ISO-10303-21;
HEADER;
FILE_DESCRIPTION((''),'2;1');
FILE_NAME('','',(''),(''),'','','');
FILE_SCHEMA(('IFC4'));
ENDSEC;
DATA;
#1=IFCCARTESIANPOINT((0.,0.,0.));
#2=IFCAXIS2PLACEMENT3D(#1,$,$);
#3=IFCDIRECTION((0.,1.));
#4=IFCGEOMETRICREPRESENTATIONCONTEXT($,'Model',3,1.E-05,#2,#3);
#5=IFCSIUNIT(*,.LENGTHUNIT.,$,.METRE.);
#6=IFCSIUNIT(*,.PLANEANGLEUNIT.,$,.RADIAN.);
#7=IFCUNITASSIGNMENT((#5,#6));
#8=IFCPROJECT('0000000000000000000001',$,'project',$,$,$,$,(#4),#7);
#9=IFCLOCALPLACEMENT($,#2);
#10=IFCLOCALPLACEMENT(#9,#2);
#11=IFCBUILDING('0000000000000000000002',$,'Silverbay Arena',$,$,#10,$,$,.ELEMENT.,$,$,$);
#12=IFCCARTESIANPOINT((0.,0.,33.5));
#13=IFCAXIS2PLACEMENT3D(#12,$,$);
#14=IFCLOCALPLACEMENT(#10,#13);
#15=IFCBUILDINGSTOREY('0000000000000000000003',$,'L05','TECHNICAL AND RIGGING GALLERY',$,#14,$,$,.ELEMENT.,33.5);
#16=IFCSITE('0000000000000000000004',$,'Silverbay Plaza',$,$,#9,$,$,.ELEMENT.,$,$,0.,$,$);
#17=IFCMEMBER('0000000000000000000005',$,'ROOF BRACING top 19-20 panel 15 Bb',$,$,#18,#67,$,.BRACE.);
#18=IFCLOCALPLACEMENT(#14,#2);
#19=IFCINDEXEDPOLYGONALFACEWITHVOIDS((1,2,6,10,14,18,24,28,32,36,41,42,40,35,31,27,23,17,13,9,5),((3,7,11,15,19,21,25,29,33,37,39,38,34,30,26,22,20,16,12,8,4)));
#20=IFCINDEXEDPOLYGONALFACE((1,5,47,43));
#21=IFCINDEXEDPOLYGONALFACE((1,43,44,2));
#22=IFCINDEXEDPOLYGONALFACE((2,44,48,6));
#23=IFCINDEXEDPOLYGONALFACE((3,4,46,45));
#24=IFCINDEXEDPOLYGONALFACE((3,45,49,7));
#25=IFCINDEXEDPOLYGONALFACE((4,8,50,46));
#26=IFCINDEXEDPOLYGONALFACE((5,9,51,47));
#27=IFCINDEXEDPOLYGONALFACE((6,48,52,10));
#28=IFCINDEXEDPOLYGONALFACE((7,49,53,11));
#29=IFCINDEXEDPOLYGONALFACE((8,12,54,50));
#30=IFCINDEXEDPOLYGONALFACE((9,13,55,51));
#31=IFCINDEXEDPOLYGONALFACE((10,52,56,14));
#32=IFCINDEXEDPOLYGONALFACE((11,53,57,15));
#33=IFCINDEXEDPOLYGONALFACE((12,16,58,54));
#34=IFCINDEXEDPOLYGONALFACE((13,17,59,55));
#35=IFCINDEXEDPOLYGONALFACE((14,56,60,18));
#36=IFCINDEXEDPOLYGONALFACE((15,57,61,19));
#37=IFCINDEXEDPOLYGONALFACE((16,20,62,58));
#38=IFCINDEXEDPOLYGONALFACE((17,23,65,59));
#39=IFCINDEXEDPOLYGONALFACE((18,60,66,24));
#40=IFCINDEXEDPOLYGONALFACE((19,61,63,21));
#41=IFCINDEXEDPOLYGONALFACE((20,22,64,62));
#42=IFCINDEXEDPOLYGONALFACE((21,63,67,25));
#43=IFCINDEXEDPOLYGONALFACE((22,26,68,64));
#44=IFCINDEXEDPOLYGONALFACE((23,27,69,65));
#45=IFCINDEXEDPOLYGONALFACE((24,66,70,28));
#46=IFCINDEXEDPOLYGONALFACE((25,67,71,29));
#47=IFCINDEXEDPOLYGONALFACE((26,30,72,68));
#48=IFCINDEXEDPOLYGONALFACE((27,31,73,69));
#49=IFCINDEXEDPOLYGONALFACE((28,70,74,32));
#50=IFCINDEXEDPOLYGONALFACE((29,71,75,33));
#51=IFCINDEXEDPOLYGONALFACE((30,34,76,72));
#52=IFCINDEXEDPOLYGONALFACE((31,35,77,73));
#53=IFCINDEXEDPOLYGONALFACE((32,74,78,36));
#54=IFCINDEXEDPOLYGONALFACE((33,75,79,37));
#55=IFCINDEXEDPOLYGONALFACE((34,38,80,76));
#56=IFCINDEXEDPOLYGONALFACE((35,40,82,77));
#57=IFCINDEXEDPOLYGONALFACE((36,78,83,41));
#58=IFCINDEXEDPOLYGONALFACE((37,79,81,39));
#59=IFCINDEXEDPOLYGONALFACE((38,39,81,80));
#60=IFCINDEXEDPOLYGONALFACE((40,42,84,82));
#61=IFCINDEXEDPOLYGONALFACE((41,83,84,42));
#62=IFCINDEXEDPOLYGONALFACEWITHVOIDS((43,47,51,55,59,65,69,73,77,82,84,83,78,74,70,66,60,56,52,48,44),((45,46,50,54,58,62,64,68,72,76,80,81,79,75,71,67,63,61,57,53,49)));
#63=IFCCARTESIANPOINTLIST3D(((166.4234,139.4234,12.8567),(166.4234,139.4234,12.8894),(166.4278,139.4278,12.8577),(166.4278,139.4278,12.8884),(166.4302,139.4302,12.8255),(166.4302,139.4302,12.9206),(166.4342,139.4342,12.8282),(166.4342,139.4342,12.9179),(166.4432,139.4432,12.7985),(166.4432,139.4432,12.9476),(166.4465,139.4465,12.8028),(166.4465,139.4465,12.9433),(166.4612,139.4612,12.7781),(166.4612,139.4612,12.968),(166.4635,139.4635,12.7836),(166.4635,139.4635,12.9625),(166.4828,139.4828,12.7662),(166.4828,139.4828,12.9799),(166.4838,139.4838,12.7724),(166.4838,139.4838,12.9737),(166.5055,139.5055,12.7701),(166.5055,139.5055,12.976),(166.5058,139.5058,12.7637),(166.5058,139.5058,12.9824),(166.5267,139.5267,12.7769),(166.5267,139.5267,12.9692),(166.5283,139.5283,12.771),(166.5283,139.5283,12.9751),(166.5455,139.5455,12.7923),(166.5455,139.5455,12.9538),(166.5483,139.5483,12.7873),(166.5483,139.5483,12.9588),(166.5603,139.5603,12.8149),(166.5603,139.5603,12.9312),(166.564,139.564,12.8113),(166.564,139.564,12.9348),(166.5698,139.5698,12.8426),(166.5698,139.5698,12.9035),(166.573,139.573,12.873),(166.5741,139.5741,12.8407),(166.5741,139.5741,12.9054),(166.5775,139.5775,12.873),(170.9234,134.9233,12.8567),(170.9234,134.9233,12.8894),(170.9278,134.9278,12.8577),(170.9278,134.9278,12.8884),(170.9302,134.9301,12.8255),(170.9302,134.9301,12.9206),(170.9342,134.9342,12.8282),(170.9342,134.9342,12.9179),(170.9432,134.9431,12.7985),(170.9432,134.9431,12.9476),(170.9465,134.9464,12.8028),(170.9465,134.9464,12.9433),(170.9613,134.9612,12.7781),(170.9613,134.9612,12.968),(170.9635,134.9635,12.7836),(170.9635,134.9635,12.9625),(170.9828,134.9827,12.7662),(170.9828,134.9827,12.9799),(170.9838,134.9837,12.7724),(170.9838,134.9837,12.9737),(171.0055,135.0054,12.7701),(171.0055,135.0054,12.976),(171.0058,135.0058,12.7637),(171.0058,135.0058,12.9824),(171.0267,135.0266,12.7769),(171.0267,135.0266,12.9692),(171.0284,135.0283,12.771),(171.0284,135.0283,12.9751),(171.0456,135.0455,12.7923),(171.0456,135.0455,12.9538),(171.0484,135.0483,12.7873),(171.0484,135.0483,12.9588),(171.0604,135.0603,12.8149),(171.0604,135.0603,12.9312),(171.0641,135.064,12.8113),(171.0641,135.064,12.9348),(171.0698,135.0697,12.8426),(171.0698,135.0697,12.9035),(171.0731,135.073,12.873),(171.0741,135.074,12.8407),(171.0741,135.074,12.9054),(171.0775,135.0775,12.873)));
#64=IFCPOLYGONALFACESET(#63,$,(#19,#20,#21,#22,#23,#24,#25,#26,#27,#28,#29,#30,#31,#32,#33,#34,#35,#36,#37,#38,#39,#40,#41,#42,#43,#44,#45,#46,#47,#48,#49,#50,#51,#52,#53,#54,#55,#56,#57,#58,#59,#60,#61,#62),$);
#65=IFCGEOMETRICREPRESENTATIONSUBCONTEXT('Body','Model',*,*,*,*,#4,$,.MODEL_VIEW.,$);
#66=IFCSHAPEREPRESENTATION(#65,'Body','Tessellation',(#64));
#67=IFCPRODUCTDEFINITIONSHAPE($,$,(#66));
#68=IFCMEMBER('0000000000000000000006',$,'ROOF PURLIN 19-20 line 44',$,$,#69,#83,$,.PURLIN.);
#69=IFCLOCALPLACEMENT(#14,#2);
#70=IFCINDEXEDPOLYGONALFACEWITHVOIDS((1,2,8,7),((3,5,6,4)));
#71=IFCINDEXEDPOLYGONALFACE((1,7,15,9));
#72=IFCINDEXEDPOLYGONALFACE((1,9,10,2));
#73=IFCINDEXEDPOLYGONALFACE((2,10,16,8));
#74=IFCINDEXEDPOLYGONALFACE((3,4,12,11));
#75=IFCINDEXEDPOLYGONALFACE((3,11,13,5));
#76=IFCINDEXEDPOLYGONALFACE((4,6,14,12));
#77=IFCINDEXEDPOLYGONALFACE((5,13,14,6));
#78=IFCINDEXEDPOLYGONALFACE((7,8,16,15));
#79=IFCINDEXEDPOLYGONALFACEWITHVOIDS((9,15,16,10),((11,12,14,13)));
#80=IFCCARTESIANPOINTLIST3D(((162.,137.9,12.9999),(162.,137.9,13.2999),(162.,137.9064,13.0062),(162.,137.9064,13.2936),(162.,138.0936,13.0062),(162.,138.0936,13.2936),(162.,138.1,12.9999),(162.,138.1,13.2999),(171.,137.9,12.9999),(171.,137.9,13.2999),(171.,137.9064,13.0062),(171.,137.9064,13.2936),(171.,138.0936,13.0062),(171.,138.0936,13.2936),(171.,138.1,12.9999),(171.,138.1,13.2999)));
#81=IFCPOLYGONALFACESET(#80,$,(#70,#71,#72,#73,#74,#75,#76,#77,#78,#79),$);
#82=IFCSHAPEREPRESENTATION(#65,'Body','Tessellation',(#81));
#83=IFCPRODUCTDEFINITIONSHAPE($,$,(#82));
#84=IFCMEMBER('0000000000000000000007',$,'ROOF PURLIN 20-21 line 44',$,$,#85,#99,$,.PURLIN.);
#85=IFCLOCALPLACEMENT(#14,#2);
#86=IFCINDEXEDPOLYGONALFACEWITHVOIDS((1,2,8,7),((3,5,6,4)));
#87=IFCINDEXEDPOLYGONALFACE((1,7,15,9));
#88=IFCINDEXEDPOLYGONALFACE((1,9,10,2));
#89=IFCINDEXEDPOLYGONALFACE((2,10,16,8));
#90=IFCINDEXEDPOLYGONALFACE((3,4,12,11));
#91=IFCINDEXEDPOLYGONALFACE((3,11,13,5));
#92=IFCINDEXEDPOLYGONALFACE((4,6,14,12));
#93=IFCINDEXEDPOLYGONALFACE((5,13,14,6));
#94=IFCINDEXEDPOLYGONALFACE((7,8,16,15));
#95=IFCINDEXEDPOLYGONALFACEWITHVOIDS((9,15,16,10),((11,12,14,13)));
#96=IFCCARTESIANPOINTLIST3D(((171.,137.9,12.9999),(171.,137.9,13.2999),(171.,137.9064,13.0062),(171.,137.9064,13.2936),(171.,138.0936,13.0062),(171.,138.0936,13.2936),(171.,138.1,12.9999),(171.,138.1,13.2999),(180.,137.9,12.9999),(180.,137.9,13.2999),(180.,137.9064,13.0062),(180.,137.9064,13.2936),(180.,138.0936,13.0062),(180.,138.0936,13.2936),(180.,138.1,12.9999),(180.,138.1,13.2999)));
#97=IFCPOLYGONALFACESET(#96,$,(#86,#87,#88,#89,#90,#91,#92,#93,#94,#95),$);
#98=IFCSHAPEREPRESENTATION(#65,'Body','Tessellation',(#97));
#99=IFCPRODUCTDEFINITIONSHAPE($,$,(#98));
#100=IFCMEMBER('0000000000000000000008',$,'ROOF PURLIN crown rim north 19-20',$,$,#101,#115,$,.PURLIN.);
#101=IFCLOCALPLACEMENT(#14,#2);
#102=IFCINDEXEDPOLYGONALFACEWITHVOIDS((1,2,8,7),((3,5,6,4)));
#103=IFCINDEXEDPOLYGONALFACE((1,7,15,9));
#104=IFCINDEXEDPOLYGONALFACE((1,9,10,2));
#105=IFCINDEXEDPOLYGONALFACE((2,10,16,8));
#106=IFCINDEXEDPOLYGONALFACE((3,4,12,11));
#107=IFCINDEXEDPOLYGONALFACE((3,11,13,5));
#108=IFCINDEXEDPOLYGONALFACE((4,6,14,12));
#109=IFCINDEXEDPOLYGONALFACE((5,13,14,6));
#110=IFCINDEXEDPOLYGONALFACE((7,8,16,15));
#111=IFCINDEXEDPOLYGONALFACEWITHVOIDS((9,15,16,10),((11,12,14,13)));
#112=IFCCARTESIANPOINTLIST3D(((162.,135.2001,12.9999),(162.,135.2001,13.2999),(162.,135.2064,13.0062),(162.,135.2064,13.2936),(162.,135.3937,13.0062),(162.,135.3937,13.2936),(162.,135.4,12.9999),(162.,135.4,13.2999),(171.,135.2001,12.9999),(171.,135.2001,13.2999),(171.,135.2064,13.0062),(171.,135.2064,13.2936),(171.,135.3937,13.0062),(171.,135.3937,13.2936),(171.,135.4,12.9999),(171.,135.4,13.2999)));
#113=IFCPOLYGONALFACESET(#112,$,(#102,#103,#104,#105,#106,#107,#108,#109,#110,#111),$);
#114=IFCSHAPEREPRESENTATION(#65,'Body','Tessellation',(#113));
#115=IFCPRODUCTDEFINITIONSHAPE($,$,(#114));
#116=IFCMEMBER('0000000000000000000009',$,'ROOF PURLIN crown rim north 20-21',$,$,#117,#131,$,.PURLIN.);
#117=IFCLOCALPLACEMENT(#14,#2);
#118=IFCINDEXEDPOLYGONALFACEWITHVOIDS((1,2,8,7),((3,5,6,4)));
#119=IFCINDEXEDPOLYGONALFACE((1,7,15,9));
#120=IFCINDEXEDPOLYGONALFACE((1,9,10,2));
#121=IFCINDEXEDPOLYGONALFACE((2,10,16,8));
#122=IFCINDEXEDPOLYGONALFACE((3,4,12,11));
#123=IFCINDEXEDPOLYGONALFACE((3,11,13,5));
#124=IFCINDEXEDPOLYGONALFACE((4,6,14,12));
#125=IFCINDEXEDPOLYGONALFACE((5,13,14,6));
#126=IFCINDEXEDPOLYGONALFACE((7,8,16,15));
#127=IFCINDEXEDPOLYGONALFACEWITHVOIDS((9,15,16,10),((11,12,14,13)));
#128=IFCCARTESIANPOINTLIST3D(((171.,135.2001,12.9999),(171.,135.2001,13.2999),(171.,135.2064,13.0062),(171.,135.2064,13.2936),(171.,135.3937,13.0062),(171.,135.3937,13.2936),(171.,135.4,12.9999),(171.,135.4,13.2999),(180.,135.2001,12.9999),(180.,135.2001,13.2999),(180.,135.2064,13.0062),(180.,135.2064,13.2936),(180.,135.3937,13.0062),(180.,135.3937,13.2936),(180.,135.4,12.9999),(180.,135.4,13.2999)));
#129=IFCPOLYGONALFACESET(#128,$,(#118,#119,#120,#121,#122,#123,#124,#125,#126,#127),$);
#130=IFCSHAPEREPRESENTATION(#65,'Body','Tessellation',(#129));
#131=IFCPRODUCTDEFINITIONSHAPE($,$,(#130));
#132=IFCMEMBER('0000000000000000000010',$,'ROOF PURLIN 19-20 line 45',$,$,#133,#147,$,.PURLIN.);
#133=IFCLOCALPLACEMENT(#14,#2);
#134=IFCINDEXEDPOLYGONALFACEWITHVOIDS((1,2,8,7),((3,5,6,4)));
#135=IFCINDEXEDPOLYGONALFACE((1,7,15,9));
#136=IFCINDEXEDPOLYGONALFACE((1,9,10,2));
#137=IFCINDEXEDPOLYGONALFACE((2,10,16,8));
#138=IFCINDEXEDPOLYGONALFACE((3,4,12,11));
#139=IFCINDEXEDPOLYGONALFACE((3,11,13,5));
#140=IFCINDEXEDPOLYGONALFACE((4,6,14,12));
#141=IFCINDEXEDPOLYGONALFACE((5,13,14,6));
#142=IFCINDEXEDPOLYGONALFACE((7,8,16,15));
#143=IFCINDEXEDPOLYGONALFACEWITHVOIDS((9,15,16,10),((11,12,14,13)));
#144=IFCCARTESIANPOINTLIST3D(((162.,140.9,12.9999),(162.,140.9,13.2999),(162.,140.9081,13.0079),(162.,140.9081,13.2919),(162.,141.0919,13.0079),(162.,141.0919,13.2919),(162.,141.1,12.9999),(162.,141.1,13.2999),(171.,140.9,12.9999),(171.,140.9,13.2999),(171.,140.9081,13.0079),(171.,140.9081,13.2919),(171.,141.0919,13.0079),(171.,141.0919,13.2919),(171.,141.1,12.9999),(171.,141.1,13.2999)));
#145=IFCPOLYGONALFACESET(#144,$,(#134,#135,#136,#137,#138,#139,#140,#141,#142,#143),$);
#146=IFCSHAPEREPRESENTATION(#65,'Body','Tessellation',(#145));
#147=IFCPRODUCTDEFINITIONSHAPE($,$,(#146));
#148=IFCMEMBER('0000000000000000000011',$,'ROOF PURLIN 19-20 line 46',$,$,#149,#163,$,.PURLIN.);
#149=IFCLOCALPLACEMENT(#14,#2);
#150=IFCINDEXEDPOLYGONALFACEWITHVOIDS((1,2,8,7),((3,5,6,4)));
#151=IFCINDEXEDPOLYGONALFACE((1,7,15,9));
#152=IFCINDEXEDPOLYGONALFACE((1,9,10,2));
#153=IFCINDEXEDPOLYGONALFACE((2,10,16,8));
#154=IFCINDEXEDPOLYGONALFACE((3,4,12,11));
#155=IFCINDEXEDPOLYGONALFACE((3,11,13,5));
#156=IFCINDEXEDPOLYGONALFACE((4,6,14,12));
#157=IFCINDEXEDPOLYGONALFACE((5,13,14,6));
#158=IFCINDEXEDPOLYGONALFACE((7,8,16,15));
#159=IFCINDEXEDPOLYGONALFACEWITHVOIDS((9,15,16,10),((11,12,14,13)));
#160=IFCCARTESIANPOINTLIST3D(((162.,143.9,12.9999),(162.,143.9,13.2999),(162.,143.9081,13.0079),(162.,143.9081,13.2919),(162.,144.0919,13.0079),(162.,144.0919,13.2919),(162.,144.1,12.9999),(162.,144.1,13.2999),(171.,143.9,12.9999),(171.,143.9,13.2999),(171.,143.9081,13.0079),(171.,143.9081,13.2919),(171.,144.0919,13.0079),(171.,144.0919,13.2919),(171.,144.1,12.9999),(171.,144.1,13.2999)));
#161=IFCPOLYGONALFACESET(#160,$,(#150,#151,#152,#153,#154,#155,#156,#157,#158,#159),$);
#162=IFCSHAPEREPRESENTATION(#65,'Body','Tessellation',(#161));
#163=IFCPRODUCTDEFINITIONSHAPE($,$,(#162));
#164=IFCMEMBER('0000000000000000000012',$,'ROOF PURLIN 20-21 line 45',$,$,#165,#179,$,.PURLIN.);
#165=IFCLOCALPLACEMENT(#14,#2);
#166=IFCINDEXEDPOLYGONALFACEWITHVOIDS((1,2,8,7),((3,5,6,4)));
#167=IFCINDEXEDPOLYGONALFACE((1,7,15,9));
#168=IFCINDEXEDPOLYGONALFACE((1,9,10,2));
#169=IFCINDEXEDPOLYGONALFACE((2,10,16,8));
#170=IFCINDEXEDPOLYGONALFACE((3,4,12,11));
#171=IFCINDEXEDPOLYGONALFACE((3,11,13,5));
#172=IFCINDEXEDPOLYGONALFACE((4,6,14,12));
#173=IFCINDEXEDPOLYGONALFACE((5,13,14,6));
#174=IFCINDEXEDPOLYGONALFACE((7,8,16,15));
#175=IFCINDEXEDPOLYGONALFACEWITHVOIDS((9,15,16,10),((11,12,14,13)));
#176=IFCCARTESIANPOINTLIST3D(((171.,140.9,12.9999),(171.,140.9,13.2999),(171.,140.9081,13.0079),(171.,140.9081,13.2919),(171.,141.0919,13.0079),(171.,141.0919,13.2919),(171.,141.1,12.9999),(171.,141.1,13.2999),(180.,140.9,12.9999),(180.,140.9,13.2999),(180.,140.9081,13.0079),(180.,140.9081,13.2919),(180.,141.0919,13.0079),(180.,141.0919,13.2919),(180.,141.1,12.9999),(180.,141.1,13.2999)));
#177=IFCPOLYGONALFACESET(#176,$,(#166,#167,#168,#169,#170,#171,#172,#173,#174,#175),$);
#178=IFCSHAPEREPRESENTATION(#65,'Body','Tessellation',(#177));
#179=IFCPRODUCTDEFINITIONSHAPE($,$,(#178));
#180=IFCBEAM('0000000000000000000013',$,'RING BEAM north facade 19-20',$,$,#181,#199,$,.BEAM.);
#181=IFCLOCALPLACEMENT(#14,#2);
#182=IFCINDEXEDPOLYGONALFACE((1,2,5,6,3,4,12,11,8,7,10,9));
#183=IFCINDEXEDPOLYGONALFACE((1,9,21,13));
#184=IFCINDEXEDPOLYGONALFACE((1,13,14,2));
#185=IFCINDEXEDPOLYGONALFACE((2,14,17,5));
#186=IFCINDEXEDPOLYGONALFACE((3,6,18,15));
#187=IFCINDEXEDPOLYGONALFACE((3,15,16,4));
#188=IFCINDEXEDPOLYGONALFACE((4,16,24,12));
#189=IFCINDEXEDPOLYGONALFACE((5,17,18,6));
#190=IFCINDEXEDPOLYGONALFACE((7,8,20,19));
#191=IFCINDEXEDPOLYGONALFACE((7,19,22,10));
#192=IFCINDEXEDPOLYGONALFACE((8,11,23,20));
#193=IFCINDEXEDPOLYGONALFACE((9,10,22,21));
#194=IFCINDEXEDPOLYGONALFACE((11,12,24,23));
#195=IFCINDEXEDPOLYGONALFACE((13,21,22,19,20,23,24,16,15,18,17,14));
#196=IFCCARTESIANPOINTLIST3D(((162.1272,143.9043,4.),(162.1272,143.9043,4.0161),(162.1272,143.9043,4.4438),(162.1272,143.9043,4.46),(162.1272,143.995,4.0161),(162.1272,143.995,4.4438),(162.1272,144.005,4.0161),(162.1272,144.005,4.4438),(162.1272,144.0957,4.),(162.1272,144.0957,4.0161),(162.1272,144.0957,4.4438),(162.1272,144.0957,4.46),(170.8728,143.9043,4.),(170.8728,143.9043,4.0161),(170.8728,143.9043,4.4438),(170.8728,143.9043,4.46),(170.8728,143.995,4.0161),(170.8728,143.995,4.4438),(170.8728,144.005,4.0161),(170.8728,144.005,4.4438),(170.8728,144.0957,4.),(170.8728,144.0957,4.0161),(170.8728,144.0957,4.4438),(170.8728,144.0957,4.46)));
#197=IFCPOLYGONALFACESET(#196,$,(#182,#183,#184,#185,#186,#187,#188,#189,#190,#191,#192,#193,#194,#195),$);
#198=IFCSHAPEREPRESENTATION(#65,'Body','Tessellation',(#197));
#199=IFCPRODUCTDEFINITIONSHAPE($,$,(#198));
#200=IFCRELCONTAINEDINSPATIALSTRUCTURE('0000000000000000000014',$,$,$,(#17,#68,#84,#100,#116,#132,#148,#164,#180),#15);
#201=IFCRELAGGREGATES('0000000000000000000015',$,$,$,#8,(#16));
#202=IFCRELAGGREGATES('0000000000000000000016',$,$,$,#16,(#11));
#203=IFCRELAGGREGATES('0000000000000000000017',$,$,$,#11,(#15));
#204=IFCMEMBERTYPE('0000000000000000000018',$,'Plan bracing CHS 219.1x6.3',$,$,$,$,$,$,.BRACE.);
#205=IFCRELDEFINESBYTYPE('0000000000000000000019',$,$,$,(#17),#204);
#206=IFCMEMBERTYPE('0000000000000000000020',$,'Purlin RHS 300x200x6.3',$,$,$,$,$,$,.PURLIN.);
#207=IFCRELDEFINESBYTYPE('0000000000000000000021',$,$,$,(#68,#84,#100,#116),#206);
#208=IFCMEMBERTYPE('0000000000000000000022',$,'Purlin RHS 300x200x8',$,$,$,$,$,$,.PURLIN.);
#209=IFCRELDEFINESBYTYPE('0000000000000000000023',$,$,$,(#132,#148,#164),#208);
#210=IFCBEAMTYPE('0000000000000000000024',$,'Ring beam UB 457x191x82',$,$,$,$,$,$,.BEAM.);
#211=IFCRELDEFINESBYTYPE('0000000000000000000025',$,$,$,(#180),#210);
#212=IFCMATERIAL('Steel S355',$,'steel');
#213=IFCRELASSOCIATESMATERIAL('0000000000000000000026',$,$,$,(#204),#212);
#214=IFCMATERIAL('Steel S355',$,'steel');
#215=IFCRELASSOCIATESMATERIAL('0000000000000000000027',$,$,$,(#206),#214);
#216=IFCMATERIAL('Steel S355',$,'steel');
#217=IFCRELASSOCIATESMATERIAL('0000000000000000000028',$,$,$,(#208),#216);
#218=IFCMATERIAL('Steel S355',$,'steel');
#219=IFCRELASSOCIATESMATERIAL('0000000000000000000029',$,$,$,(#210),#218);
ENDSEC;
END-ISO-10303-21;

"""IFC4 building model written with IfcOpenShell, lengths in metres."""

from ifc_helpers import new_model, si_unit, direction, frame, origin, origin_2d, place, context, subcontext, project, spatial, hollow_rectangle, hollow_circle, i_section, extrude, material, material_profile, profile_set, type_object, element, save


model = new_model("IFC4")

# Units and contexts
model_context = context("Model", 3, precision=1e-05, world=origin(), true_north=direction((0.0, 1.0)))
body_context = subcontext(model_context, "Body", "Model", "MODEL_VIEW")
ifc_project = project(units=[si_unit("LENGTHUNIT", "METRE"), si_unit("PLANEANGLEUNIT", "RADIAN")], contexts=[model_context])

# Site, building, storey
site_placement = place(None, origin())
site = spatial("IfcSite", under=ifc_project, at=site_placement, Name="Silverbay Plaza", CompositionType="ELEMENT", RefElevation=0.0)
building_placement = place(site_placement, origin())
building = spatial("IfcBuilding", under=site, at=building_placement, Name="Silverbay Arena", CompositionType="ELEMENT")
storey_placement = place(building_placement, frame((0.0, 0.0, 33.5)))
storey = spatial("IfcBuildingStorey", under=building, at=storey_placement, Name="L05", Description="TECHNICAL AND RIGGING GALLERY", CompositionType="ELEMENT", Elevation=33.5)

# Members
ifc_material_1 = material(Name="Steel S355", Category="steel")
ifc_material_profile_1 = material_profile(ifc_material_1, hollow_circle(Radius=0.1096, WallThickness=0.0063, at=origin_2d()), Name="CHS 219.1x6.3")
ifc_profile_set_1 = profile_set([ifc_material_profile_1], Name="Steel S355")
member_type_1 = type_object("IfcMemberType", Name="Plan bracing CHS 219.1x6.3", PredefinedType="BRACE", material=ifc_profile_set_1)
for number, where, z_axis, x_axis, name in (
    (1, (166.5, 139.5, 12.873), (0.707107, -0.707107, 0.0), (0.707107, 0.707107, 0.0), "ROOF BRACING top 19-20 panel 15 Bb"),
):
    element("IfcMember", number, at=place(storey_placement, frame(where, z_axis=z_axis, x_axis=x_axis)), inside=storey, type_object=member_type_1, Name=name, PredefinedType="BRACE", context=body_context, shape_type="SweptSolid", body=[
        extrude(hollow_circle(Radius=0.1096, WallThickness=0.0063, at=origin_2d()), origin(), (0.0, 0.0, 1.0), 6.364),
    ])
ifc_material_2 = material(Name="Steel S355", Category="steel")
ifc_material_profile_2 = material_profile(ifc_material_2, hollow_rectangle(XDim=0.2, YDim=0.3, WallThickness=0.0063, at=origin_2d()), Name="RHS 300x200x6.3")
ifc_profile_set_2 = profile_set([ifc_material_profile_2], Name="Steel S355")
member_type_2 = type_object("IfcMemberType", Name="Purlin RHS 300x200x6.3", PredefinedType="PURLIN", material=ifc_profile_set_2)
for number, where, z_axis, x_axis, name in (
    (2, (162.0, 138.0, 13.1499), (1.0, 0.0, 0.0), (0.0, 1.0, 0.0), "ROOF PURLIN 19-20 line 44"),
    (3, (171.0, 138.0, 13.1499), (1.0, 0.0, 0.0), (0.0, 1.0, 0.0), "ROOF PURLIN 20-21 line 44"),
    (4, (162.0, 135.3, 13.1499), (1.0, 0.0, 0.0), (0.0, 1.0, 0.0), "ROOF PURLIN crown rim north 19-20"),
    (5, (171.0, 135.3, 13.1499), (1.0, 0.0, 0.0), (0.0, 1.0, 0.0), "ROOF PURLIN crown rim north 20-21"),
):
    element("IfcMember", number, at=place(storey_placement, frame(where, z_axis=z_axis, x_axis=x_axis)), inside=storey, type_object=member_type_2, Name=name, PredefinedType="PURLIN", context=body_context, shape_type="SweptSolid", body=[
        extrude(hollow_rectangle(XDim=0.2, YDim=0.3, WallThickness=0.0063, at=origin_2d()), origin(), (0.0, 0.0, 1.0), 9.0),
    ])
ifc_material_3 = material(Name="Steel S355", Category="steel")
ifc_material_profile_3 = material_profile(ifc_material_3, hollow_rectangle(XDim=0.2, YDim=0.3, WallThickness=0.0081, at=origin_2d()), Name="RHS 300x200x8")
ifc_profile_set_3 = profile_set([ifc_material_profile_3], Name="Steel S355")
member_type_3 = type_object("IfcMemberType", Name="Purlin RHS 300x200x8", PredefinedType="PURLIN", material=ifc_profile_set_3)
for number, where, z_axis, x_axis, name in (
    (6, (162.0, 141.0, 13.1499), (1.0, 0.0, 0.0), (0.0, 1.0, 0.0), "ROOF PURLIN 19-20 line 45"),
    (7, (162.0, 144.0, 13.1499), (1.0, 0.0, 0.0), (0.0, 1.0, 0.0), "ROOF PURLIN 19-20 line 46"),
    (8, (171.0, 141.0, 13.1499), (1.0, 0.0, 0.0), (0.0, 1.0, 0.0), "ROOF PURLIN 20-21 line 45"),
):
    element("IfcMember", number, at=place(storey_placement, frame(where, z_axis=z_axis, x_axis=x_axis)), inside=storey, type_object=member_type_3, Name=name, PredefinedType="PURLIN", context=body_context, shape_type="SweptSolid", body=[
        extrude(hollow_rectangle(XDim=0.2, YDim=0.3, WallThickness=0.0081, at=origin_2d()), origin(), (0.0, 0.0, 1.0), 9.0),
    ])

# Beam
ifc_material_4 = material(Name="Steel S355", Category="steel")
ifc_material_profile_4 = material_profile(ifc_material_4, i_section(OverallWidth=0.1914, OverallDepth=0.46, WebThickness=0.01, FlangeThickness=0.0161, at=origin_2d()), Name="UB 457x191x82")
ifc_profile_set_4 = profile_set([ifc_material_profile_4], Name="Steel S355")
beam_type = type_object("IfcBeamType", Name="Ring beam UB 457x191x82", PredefinedType="BEAM", material=ifc_profile_set_4)
beam_placement = place(storey_placement, frame((162.1272, 144.0, 4.23), z_axis=(1.0, 0.0, 0.0), x_axis=(0.0, 1.0, 0.0)))
element("IfcBeam", 9, at=beam_placement, inside=storey, type_object=beam_type, Name="RING BEAM north facade 19-20", PredefinedType="BEAM", context=body_context, shape_type="SweptSolid", body=[
    extrude(i_section(OverallWidth=0.1914, OverallDepth=0.46, WebThickness=0.01, FlangeThickness=0.0161, at=origin_2d()), origin(), (0.0, 0.0, 1.0), 8.7456),
])

save(model, "model.ifc")
